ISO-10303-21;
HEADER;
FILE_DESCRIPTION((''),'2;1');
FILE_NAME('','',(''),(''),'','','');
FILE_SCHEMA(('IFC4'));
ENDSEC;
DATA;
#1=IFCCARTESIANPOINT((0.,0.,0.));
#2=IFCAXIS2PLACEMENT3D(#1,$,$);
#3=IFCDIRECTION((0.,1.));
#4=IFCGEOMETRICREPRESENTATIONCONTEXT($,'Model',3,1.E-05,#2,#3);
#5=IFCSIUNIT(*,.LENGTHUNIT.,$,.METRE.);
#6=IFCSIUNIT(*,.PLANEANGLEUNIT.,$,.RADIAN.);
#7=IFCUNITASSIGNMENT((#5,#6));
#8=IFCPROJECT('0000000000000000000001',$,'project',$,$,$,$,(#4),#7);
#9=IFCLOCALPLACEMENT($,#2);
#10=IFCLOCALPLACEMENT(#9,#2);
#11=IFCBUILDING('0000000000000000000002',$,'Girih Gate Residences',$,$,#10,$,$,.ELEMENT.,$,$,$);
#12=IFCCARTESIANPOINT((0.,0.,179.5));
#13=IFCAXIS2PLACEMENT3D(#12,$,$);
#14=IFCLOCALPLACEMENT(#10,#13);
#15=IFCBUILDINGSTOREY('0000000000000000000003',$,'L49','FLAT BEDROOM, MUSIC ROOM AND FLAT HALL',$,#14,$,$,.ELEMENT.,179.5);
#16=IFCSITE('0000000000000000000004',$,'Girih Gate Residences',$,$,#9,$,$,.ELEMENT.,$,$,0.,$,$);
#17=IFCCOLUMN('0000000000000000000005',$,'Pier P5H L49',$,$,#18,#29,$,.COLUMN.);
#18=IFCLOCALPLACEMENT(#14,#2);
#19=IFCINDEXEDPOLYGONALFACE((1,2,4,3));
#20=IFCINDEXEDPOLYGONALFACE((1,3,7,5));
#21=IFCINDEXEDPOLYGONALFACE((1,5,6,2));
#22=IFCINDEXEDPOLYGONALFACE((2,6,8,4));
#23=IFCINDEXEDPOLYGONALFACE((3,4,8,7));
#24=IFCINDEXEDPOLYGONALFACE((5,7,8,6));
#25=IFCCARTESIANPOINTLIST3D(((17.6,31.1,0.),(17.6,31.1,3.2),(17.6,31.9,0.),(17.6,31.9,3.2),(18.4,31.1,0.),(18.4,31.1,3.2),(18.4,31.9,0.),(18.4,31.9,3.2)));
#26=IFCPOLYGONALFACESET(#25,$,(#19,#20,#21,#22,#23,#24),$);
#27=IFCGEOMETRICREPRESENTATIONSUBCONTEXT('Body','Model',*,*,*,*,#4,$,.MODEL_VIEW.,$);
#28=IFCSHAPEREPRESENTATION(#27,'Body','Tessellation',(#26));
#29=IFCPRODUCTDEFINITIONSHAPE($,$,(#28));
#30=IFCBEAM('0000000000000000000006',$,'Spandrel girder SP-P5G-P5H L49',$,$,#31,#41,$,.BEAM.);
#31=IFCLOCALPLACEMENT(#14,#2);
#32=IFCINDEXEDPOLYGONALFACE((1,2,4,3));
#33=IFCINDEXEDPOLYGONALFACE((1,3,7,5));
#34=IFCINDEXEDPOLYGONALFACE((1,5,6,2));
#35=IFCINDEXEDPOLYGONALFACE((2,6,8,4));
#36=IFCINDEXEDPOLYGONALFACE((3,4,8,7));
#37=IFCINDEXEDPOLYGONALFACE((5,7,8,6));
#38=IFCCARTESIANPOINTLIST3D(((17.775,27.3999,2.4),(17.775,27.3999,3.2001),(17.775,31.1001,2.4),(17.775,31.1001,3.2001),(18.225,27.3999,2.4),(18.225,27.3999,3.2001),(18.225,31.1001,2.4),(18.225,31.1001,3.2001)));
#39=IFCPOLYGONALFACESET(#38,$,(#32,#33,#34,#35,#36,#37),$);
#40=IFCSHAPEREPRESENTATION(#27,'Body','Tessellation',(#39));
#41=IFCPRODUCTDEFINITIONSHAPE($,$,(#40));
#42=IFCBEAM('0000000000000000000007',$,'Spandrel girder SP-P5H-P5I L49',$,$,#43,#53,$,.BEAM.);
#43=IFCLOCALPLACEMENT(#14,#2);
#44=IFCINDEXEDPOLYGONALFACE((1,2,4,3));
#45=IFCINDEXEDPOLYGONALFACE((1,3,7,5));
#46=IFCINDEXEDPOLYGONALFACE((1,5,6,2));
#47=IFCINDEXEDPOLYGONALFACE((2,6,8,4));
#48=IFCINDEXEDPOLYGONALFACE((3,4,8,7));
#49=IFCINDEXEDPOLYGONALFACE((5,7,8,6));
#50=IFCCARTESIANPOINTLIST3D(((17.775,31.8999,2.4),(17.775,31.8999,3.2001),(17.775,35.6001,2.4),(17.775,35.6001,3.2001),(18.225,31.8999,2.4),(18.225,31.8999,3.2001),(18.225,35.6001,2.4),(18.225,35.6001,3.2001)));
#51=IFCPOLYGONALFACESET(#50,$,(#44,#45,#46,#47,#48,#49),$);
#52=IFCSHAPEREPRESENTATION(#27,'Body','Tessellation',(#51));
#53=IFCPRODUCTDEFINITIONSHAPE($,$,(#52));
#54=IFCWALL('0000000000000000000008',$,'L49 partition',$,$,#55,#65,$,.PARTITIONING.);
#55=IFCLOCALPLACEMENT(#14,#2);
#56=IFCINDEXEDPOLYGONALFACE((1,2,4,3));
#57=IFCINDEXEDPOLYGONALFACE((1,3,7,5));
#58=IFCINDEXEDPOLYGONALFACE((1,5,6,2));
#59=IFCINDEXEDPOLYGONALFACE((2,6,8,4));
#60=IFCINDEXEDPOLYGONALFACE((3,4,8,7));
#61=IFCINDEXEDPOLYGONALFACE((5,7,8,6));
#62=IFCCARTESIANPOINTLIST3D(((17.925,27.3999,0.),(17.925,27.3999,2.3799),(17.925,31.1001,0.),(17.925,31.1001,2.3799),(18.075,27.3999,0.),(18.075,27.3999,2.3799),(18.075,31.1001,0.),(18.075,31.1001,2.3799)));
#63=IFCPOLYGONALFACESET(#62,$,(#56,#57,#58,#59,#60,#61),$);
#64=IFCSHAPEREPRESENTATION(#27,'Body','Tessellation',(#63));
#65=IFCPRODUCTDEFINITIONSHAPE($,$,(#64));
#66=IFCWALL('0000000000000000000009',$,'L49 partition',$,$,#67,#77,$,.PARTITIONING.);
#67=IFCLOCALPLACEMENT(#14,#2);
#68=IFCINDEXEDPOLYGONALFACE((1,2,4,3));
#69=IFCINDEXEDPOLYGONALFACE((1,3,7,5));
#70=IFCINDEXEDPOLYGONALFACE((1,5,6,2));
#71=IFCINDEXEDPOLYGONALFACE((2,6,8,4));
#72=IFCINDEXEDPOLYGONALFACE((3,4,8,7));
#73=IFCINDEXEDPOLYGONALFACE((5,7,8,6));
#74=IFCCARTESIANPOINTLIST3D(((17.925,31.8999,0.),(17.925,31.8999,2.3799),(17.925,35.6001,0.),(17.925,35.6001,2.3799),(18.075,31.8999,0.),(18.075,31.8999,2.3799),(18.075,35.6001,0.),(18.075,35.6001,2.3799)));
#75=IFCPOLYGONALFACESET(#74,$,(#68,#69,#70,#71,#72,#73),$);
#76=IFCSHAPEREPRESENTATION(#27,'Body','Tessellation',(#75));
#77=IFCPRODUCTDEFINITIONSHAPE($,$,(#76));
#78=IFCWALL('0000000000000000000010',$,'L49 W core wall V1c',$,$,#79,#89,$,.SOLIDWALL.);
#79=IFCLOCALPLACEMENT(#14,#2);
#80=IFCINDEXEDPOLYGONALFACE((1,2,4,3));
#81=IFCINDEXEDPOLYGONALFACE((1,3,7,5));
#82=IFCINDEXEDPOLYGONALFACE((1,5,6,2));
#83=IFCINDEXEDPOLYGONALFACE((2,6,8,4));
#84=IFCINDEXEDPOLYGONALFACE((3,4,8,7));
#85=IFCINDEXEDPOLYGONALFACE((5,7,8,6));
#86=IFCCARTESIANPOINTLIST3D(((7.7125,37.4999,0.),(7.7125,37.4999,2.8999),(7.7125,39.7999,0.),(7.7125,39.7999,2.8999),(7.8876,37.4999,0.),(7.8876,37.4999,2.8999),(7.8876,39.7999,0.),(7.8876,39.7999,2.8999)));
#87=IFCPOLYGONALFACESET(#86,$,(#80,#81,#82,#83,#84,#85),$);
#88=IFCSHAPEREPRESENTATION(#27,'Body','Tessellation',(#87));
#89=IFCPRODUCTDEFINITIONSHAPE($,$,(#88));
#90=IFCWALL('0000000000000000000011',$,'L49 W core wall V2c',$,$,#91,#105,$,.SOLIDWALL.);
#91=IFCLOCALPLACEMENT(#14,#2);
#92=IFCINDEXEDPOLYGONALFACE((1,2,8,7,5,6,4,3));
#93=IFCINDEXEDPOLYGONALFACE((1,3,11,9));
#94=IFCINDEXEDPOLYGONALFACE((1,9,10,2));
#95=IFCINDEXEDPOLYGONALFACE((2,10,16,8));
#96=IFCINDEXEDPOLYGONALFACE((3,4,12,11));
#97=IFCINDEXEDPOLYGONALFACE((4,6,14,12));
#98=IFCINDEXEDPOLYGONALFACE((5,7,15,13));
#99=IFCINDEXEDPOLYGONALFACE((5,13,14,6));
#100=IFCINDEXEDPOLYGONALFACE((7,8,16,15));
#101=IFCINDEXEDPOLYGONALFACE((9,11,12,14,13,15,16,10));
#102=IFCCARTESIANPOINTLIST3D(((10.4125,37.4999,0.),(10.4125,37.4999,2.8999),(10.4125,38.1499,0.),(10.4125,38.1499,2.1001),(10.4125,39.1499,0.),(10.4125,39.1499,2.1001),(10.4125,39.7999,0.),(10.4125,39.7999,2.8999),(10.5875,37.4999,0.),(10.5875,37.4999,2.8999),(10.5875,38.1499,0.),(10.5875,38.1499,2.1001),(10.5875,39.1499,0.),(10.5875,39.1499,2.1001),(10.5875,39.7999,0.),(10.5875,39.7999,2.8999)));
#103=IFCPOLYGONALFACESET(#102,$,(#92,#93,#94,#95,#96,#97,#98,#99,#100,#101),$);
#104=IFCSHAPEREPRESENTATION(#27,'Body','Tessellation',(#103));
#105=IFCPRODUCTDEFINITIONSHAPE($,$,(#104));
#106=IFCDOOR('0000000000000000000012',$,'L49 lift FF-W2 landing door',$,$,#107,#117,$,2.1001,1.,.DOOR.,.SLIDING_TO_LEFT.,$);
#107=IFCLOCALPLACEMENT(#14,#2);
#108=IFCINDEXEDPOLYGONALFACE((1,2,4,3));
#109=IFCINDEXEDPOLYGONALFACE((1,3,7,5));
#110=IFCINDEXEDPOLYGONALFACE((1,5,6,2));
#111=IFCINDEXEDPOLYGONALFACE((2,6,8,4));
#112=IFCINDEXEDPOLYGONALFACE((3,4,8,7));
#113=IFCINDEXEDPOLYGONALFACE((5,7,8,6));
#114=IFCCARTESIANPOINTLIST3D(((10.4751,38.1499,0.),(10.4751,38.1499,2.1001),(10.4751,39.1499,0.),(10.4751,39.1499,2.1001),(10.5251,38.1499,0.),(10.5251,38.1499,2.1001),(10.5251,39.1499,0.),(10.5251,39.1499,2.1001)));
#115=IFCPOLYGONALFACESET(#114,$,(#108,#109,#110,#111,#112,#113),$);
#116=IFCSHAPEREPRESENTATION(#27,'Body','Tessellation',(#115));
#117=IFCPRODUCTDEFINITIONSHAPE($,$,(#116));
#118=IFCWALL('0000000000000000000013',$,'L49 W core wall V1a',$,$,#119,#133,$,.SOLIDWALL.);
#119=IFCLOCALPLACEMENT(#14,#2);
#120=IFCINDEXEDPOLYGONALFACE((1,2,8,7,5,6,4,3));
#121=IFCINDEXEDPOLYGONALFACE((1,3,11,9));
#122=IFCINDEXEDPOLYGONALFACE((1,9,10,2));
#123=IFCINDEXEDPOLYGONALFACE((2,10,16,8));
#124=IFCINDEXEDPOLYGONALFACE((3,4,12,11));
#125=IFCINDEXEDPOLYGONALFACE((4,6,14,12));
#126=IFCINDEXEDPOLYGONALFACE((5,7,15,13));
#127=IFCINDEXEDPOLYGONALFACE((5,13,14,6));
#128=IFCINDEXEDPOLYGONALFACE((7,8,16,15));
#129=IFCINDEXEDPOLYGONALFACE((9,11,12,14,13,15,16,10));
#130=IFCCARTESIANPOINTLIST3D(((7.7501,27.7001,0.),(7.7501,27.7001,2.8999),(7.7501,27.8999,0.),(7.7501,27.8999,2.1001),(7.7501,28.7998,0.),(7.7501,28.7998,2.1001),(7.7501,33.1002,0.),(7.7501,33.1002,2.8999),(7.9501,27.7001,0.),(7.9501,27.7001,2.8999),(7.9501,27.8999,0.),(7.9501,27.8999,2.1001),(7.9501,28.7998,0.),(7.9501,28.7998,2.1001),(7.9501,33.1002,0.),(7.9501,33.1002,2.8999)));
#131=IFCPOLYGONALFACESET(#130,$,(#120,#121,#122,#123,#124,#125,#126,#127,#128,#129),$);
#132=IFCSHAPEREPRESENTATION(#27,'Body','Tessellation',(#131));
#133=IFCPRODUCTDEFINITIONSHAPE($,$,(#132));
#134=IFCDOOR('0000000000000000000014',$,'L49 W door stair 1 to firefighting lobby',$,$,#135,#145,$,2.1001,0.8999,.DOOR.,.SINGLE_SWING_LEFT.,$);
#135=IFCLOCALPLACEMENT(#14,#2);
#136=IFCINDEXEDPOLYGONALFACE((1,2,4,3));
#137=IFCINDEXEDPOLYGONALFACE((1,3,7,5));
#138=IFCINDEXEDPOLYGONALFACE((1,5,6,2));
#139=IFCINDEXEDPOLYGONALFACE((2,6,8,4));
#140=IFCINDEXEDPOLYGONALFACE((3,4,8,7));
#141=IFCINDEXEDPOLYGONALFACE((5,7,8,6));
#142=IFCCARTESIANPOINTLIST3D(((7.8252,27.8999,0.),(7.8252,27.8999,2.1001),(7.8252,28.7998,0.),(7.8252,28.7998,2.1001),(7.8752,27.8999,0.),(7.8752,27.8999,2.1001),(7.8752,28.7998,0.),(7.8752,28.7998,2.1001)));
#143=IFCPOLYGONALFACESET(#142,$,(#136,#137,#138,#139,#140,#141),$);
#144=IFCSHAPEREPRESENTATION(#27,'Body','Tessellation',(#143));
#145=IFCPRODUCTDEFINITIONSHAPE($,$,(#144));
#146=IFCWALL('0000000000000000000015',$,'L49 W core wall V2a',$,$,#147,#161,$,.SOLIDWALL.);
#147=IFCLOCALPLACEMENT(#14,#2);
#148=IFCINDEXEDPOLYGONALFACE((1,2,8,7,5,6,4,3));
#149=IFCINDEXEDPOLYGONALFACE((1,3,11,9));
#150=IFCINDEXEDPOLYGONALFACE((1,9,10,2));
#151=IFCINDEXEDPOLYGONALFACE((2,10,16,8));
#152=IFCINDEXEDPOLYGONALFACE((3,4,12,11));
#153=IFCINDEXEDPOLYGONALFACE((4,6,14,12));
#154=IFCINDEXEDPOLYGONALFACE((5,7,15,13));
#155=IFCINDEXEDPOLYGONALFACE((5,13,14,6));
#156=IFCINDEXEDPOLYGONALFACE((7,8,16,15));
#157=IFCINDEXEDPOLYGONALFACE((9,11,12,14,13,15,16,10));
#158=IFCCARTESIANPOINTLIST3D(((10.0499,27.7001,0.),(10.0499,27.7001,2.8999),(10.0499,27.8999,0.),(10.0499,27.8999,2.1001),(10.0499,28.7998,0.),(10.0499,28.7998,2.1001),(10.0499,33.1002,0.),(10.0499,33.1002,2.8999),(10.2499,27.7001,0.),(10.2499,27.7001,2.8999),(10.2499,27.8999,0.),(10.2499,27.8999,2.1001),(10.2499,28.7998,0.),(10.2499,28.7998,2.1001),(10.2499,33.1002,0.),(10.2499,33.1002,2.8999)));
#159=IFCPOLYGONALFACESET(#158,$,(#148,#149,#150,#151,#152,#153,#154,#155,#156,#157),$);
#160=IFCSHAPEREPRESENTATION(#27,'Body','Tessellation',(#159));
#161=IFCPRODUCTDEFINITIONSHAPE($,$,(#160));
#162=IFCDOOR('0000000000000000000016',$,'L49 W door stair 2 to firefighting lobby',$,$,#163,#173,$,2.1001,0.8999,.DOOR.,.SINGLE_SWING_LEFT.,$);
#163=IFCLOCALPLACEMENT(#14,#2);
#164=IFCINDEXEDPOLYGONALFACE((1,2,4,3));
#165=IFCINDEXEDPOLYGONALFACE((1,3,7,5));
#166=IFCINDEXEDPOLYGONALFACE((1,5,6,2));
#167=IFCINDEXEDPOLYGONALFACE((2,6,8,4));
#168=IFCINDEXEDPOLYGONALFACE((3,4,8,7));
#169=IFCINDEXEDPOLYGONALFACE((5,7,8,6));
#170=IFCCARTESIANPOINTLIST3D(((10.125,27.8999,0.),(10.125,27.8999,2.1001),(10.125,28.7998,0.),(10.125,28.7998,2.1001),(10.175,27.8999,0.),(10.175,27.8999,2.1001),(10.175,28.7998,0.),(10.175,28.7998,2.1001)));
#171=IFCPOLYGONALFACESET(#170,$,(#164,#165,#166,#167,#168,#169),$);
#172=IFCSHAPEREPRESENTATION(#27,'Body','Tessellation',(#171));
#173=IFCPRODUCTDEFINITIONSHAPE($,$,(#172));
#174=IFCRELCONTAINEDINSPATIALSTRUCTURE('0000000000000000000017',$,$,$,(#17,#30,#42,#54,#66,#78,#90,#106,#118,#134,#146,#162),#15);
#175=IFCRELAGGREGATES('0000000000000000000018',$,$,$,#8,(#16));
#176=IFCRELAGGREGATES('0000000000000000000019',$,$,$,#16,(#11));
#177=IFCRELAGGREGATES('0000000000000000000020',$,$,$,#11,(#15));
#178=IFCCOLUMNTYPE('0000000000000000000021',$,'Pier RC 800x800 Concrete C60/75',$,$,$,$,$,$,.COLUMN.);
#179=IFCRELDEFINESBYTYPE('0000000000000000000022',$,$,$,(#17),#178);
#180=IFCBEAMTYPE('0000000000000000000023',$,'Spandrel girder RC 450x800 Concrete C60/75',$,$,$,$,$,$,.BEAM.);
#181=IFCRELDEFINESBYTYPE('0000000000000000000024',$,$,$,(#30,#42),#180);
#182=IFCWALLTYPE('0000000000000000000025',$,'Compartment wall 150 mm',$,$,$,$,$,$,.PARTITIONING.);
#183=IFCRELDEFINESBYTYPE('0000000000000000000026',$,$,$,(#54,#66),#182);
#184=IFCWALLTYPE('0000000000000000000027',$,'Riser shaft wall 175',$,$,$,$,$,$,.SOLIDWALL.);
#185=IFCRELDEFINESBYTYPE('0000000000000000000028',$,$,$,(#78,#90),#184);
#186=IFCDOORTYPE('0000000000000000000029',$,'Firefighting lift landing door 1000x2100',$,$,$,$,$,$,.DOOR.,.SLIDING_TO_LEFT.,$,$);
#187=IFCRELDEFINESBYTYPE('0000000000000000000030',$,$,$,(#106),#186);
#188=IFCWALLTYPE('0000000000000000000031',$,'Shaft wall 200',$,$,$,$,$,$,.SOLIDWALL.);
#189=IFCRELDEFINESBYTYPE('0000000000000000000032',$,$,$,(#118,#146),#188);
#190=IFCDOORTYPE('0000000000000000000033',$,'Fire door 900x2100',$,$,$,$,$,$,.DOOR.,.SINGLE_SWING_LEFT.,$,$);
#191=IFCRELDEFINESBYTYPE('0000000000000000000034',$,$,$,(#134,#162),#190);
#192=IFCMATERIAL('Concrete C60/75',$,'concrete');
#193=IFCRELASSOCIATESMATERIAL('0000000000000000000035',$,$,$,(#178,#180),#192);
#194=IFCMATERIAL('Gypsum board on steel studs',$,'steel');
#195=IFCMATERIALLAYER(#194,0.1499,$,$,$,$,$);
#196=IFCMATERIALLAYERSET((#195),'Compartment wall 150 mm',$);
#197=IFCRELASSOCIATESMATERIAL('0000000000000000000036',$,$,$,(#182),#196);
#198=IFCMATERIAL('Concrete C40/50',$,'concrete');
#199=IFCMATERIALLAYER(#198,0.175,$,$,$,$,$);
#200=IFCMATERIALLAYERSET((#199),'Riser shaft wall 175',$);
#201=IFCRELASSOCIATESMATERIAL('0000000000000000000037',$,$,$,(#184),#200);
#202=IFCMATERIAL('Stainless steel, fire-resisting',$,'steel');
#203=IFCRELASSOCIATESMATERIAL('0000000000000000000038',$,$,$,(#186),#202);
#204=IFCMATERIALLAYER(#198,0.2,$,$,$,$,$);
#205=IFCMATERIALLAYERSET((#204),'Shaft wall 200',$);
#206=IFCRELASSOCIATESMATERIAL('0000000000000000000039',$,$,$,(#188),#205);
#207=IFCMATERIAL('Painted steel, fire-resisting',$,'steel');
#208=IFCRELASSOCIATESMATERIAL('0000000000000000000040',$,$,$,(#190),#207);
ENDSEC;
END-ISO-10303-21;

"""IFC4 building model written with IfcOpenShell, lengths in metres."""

from ifc_helpers import new_model, si_unit, direction, frame, frame_2d, origin, origin_2d, place, context, subcontext, project, spatial, rectangle, extrude, material, layer, layer_set, material_profile, profile_set, type_object, element, fill, save


model = new_model("IFC4")

# Units and contexts
model_context = context("Model", 3, precision=1e-05, world=origin(), true_north=direction((0.0, 1.0)))
body_context = subcontext(model_context, "Body", "Model", "MODEL_VIEW")
ifc_project = project(units=[si_unit("LENGTHUNIT", "METRE"), si_unit("PLANEANGLEUNIT", "RADIAN")], contexts=[model_context])

# Site, building, storey
site_placement = place(None, origin())
site = spatial("IfcSite", under=ifc_project, at=site_placement, Name="Girih Gate Residences", CompositionType="ELEMENT", RefElevation=0.0)
building_placement = place(site_placement, origin())
building = spatial("IfcBuilding", under=site, at=building_placement, Name="Girih Gate Residences", CompositionType="ELEMENT")
storey_placement = place(building_placement, frame((0.0, 0.0, 179.5)))
storey = spatial("IfcBuildingStorey", under=building, at=storey_placement, Name="L49", Description="FLAT BEDROOM, MUSIC ROOM AND FLAT HALL", CompositionType="ELEMENT", Elevation=179.5)

# Column
ifc_material_1 = material(Name="Concrete C60/75", Category="concrete")
ifc_material_profile_1 = material_profile(ifc_material_1, rectangle(XDim=0.8, YDim=0.8, at=origin_2d()))
ifc_profile_set_1 = profile_set([ifc_material_profile_1], Name="Concrete C60/75")
column_type = type_object("IfcColumnType", Name="Pier RC 800x800 Concrete C60/75", PredefinedType="COLUMN", material=ifc_profile_set_1)
column_placement = place(storey_placement, frame((18.0, 31.5, 0.0), z_axis=(0.0, 0.0, 1.0), x_axis=(1.0, 0.0, 0.0)))
element("IfcColumn", 1, at=column_placement, inside=storey, type_object=column_type, Name="Pier P5H L49", PredefinedType="COLUMN", context=body_context, shape_type="SweptSolid", body=[
    extrude(rectangle(XDim=0.8, YDim=0.8, at=origin_2d()), origin(), (0.0, 0.0, 1.0), 3.2),
])

# Beams
ifc_material_profile_2 = material_profile(ifc_material_1, rectangle(XDim=0.45, YDim=0.8, at=origin_2d()))
ifc_profile_set_2 = profile_set([ifc_material_profile_2], Name="Concrete C60/75")
beam_type = type_object("IfcBeamType", Name="Spandrel girder RC 450x800 Concrete C60/75", PredefinedType="BEAM", material=ifc_profile_set_2)
for number, where, z_axis, x_axis, name in (
    (2, (18.0, 27.3999, 2.8), (0.0, 1.0, 0.0), (-1.0, 0.0, 0.0), "Spandrel girder SP-P5G-P5H L49"),
    (3, (18.0, 31.8999, 2.8), (0.0, 1.0, 0.0), (-1.0, 0.0, 0.0), "Spandrel girder SP-P5H-P5I L49"),
):
    element("IfcBeam", number, at=place(storey_placement, frame(where, z_axis=z_axis, x_axis=x_axis)), inside=storey, type_object=beam_type, Name=name, PredefinedType="BEAM", context=body_context, shape_type="SweptSolid", body=[
        extrude(rectangle(XDim=0.45, YDim=0.8, at=origin_2d()), origin(), (0.0, 0.0, 1.0), 3.7002),
    ])

# Walls
ifc_material_2 = material(Name="Gypsum board on steel studs", Category="steel")
ifc_layer_1 = layer(ifc_material_2, 0.1499)
ifc_layer_set_1 = layer_set([ifc_layer_1], Name="Compartment wall 150 mm")
wall_type_1 = type_object("IfcWallType", Name="Compartment wall 150 mm", PredefinedType="PARTITIONING", material=ifc_layer_set_1)
for number, where, z_axis, x_axis, name in (
    (4, (18.0, 27.3999, 0.0), (0.0, 0.0, 1.0), (0.0, 1.0, 0.0), "L49 partition"),
    (5, (18.0, 31.8999, 0.0), (0.0, 0.0, 1.0), (0.0, 1.0, 0.0), "L49 partition"),
):
    element("IfcWall", number, at=place(storey_placement, frame(where, z_axis=z_axis, x_axis=x_axis)), inside=storey, type_object=wall_type_1, Name=name, PredefinedType="PARTITIONING", context=body_context, shape_type="SweptSolid", body=[
        extrude(rectangle(XDim=3.7002, YDim=0.1499, at=frame_2d((1.8501, 0.0))), origin(), (0.0, 0.0, 1.0), 2.3799),
    ])
ifc_material_3 = material(Name="Concrete C40/50", Category="concrete")
ifc_layer_2 = layer(ifc_material_3, 0.175)
ifc_layer_set_2 = layer_set([ifc_layer_2], Name="Riser shaft wall 175")
wall_type_2 = type_object("IfcWallType", Name="Riser shaft wall 175", PredefinedType="SOLIDWALL", material=ifc_layer_set_2)
wall_1_placement = place(storey_placement, frame((7.8, 37.5, 0.0), z_axis=(0.0, 0.0, 1.0), x_axis=(0.0, 1.0, 0.0)))
element("IfcWall", 6, at=wall_1_placement, inside=storey, type_object=wall_type_2, Name="L49 W core wall V1c", PredefinedType="SOLIDWALL", context=body_context, shape_type="SweptSolid", body=[
    extrude(rectangle(XDim=2.3, YDim=0.175, at=frame_2d((1.1499, 0.0))), origin(), (0.0, 0.0, 1.0), 2.8999),
])

# Walls, openings, doors
wall_2_placement = place(storey_placement, frame((10.5, 37.5, 0.0), z_axis=(0.0, 0.0, 1.0), x_axis=(0.0, 1.0, 0.0)))
wall_2 = element("IfcWall", 7, at=wall_2_placement, inside=storey, type_object=wall_type_2, Name="L49 W core wall V2c", PredefinedType="SOLIDWALL", context=body_context, shape_type="SweptSolid", body=[
    extrude(rectangle(XDim=2.3, YDim=0.175, at=frame_2d((1.1499, 0.0))), origin(), (0.0, 0.0, 1.0), 2.8999),
])
opening_1_placement = place(wall_2_placement, frame((0.6499, 0.0, 0.0)))
opening_1 = element("IfcOpeningElement", 8, at=opening_1_placement, cuts=wall_2, PredefinedType="OPENING", context=body_context, shape_type="SweptSolid", body=[
    extrude(rectangle(XDim=1.0, YDim=2.1001, at=frame_2d((0.5, 1.05))), frame((0.0, 0.0974, 0.0), z_axis=(0.0, -1.0, 0.0), x_axis=(1.0, 0.0, 0.0)), (0.0, 0.0, 1.0), 0.1951),
])
ifc_material_4 = material(Name="Stainless steel, fire-resisting", Category="steel")
door_type_1 = type_object("IfcDoorType", Name="Firefighting lift landing door 1000x2100", OperationType="SLIDING_TO_LEFT", PredefinedType="DOOR", material=ifc_material_4)
door_1_placement = place(opening_1_placement, origin())
door_1 = element("IfcDoor", 9, at=door_1_placement, inside=storey, type_object=door_type_1, Name="L49 lift FF-W2 landing door", OperationType="SLIDING_TO_LEFT", OverallHeight=2.1001, OverallWidth=1.0, PredefinedType="DOOR", context=body_context, shape_type="SweptSolid", body=[
    extrude(rectangle(XDim=1.0, YDim=2.1001, at=frame_2d((0.5, 1.05))), frame((0.0, 0.0249, 0.0), z_axis=(0.0, -1.0, 0.0), x_axis=(1.0, 0.0, 0.0)), (0.0, 0.0, 1.0), 0.05),
])
fill(opening_1, door_1)
ifc_layer_3 = layer(ifc_material_3, 0.2)
ifc_layer_set_3 = layer_set([ifc_layer_3], Name="Shaft wall 200")
wall_type_3 = type_object("IfcWallType", Name="Shaft wall 200", PredefinedType="SOLIDWALL", material=ifc_layer_set_3)
wall_3_placement = place(storey_placement, frame((7.8501, 27.7, 0.0), z_axis=(0.0, 0.0, 1.0), x_axis=(0.0, 1.0, 0.0)))
wall_3 = element("IfcWall", 10, at=wall_3_placement, inside=storey, type_object=wall_type_3, Name="L49 W core wall V1a", PredefinedType="SOLIDWALL", context=body_context, shape_type="SweptSolid", body=[
    extrude(rectangle(XDim=5.4001, YDim=0.2, at=frame_2d((2.7002, 0.0))), origin(), (0.0, 0.0, 1.0), 2.8999),
])
opening_2_placement = place(wall_3_placement, frame((0.2, 0.0, 0.0)))
opening_2 = element("IfcOpeningElement", 11, at=opening_2_placement, cuts=wall_3, PredefinedType="OPENING", context=body_context, shape_type="SweptSolid", body=[
    extrude(rectangle(XDim=0.8999, YDim=2.1001, at=frame_2d((0.45, 1.05))), frame((0.0, 0.1099, 0.0), z_axis=(0.0, -1.0, 0.0), x_axis=(1.0, 0.0, 0.0)), (0.0, 0.0, 1.0), 0.22),
])
ifc_material_5 = material(Name="Painted steel, fire-resisting", Category="steel")
door_type_2 = type_object("IfcDoorType", Name="Fire door 900x2100", OperationType="SINGLE_SWING_LEFT", PredefinedType="DOOR", material=ifc_material_5)
door_2_placement = place(opening_2_placement, origin())
door_2 = element("IfcDoor", 12, at=door_2_placement, inside=storey, type_object=door_type_2, Name="L49 W door stair 1 to firefighting lobby", OperationType="SINGLE_SWING_LEFT", OverallHeight=2.1001, OverallWidth=0.8999, PredefinedType="DOOR", context=body_context, shape_type="SweptSolid", body=[
    extrude(rectangle(XDim=0.8999, YDim=2.1001, at=frame_2d((0.45, 1.05))), frame((0.0, 0.0249, 0.0), z_axis=(0.0, -1.0, 0.0), x_axis=(1.0, 0.0, 0.0)), (0.0, 0.0, 1.0), 0.05),
])
fill(opening_2, door_2)
wall_4_placement = place(storey_placement, frame((10.1499, 27.7, 0.0), z_axis=(0.0, 0.0, 1.0), x_axis=(0.0, 1.0, 0.0)))
wall_4 = element("IfcWall", 13, at=wall_4_placement, inside=storey, type_object=wall_type_3, Name="L49 W core wall V2a", PredefinedType="SOLIDWALL", context=body_context, shape_type="SweptSolid", body=[
    extrude(rectangle(XDim=5.4001, YDim=0.2, at=frame_2d((2.7002, 0.0))), origin(), (0.0, 0.0, 1.0), 2.8999),
])
opening_3_placement = place(wall_4_placement, frame((0.2, 0.0, 0.0)))
opening_3 = element("IfcOpeningElement", 14, at=opening_3_placement, cuts=wall_4, PredefinedType="OPENING", context=body_context, shape_type="SweptSolid", body=[
    extrude(rectangle(XDim=0.8999, YDim=2.1001, at=frame_2d((0.45, 1.05))), frame((0.0, 0.1099, 0.0), z_axis=(0.0, -1.0, 0.0), x_axis=(1.0, 0.0, 0.0)), (0.0, 0.0, 1.0), 0.22),
])
door_3_placement = place(opening_3_placement, origin())
door_3 = element("IfcDoor", 15, at=door_3_placement, inside=storey, type_object=door_type_2, Name="L49 W door stair 2 to firefighting lobby", OperationType="SINGLE_SWING_LEFT", OverallHeight=2.1001, OverallWidth=0.8999, PredefinedType="DOOR", context=body_context, shape_type="SweptSolid", body=[
    extrude(rectangle(XDim=0.8999, YDim=2.1001, at=frame_2d((0.45, 1.05))), frame((0.0, 0.0249, 0.0), z_axis=(0.0, -1.0, 0.0), x_axis=(1.0, 0.0, 0.0)), (0.0, 0.0, 1.0), 0.05),
])
fill(opening_3, door_3)

save(model, "model.ifc")
